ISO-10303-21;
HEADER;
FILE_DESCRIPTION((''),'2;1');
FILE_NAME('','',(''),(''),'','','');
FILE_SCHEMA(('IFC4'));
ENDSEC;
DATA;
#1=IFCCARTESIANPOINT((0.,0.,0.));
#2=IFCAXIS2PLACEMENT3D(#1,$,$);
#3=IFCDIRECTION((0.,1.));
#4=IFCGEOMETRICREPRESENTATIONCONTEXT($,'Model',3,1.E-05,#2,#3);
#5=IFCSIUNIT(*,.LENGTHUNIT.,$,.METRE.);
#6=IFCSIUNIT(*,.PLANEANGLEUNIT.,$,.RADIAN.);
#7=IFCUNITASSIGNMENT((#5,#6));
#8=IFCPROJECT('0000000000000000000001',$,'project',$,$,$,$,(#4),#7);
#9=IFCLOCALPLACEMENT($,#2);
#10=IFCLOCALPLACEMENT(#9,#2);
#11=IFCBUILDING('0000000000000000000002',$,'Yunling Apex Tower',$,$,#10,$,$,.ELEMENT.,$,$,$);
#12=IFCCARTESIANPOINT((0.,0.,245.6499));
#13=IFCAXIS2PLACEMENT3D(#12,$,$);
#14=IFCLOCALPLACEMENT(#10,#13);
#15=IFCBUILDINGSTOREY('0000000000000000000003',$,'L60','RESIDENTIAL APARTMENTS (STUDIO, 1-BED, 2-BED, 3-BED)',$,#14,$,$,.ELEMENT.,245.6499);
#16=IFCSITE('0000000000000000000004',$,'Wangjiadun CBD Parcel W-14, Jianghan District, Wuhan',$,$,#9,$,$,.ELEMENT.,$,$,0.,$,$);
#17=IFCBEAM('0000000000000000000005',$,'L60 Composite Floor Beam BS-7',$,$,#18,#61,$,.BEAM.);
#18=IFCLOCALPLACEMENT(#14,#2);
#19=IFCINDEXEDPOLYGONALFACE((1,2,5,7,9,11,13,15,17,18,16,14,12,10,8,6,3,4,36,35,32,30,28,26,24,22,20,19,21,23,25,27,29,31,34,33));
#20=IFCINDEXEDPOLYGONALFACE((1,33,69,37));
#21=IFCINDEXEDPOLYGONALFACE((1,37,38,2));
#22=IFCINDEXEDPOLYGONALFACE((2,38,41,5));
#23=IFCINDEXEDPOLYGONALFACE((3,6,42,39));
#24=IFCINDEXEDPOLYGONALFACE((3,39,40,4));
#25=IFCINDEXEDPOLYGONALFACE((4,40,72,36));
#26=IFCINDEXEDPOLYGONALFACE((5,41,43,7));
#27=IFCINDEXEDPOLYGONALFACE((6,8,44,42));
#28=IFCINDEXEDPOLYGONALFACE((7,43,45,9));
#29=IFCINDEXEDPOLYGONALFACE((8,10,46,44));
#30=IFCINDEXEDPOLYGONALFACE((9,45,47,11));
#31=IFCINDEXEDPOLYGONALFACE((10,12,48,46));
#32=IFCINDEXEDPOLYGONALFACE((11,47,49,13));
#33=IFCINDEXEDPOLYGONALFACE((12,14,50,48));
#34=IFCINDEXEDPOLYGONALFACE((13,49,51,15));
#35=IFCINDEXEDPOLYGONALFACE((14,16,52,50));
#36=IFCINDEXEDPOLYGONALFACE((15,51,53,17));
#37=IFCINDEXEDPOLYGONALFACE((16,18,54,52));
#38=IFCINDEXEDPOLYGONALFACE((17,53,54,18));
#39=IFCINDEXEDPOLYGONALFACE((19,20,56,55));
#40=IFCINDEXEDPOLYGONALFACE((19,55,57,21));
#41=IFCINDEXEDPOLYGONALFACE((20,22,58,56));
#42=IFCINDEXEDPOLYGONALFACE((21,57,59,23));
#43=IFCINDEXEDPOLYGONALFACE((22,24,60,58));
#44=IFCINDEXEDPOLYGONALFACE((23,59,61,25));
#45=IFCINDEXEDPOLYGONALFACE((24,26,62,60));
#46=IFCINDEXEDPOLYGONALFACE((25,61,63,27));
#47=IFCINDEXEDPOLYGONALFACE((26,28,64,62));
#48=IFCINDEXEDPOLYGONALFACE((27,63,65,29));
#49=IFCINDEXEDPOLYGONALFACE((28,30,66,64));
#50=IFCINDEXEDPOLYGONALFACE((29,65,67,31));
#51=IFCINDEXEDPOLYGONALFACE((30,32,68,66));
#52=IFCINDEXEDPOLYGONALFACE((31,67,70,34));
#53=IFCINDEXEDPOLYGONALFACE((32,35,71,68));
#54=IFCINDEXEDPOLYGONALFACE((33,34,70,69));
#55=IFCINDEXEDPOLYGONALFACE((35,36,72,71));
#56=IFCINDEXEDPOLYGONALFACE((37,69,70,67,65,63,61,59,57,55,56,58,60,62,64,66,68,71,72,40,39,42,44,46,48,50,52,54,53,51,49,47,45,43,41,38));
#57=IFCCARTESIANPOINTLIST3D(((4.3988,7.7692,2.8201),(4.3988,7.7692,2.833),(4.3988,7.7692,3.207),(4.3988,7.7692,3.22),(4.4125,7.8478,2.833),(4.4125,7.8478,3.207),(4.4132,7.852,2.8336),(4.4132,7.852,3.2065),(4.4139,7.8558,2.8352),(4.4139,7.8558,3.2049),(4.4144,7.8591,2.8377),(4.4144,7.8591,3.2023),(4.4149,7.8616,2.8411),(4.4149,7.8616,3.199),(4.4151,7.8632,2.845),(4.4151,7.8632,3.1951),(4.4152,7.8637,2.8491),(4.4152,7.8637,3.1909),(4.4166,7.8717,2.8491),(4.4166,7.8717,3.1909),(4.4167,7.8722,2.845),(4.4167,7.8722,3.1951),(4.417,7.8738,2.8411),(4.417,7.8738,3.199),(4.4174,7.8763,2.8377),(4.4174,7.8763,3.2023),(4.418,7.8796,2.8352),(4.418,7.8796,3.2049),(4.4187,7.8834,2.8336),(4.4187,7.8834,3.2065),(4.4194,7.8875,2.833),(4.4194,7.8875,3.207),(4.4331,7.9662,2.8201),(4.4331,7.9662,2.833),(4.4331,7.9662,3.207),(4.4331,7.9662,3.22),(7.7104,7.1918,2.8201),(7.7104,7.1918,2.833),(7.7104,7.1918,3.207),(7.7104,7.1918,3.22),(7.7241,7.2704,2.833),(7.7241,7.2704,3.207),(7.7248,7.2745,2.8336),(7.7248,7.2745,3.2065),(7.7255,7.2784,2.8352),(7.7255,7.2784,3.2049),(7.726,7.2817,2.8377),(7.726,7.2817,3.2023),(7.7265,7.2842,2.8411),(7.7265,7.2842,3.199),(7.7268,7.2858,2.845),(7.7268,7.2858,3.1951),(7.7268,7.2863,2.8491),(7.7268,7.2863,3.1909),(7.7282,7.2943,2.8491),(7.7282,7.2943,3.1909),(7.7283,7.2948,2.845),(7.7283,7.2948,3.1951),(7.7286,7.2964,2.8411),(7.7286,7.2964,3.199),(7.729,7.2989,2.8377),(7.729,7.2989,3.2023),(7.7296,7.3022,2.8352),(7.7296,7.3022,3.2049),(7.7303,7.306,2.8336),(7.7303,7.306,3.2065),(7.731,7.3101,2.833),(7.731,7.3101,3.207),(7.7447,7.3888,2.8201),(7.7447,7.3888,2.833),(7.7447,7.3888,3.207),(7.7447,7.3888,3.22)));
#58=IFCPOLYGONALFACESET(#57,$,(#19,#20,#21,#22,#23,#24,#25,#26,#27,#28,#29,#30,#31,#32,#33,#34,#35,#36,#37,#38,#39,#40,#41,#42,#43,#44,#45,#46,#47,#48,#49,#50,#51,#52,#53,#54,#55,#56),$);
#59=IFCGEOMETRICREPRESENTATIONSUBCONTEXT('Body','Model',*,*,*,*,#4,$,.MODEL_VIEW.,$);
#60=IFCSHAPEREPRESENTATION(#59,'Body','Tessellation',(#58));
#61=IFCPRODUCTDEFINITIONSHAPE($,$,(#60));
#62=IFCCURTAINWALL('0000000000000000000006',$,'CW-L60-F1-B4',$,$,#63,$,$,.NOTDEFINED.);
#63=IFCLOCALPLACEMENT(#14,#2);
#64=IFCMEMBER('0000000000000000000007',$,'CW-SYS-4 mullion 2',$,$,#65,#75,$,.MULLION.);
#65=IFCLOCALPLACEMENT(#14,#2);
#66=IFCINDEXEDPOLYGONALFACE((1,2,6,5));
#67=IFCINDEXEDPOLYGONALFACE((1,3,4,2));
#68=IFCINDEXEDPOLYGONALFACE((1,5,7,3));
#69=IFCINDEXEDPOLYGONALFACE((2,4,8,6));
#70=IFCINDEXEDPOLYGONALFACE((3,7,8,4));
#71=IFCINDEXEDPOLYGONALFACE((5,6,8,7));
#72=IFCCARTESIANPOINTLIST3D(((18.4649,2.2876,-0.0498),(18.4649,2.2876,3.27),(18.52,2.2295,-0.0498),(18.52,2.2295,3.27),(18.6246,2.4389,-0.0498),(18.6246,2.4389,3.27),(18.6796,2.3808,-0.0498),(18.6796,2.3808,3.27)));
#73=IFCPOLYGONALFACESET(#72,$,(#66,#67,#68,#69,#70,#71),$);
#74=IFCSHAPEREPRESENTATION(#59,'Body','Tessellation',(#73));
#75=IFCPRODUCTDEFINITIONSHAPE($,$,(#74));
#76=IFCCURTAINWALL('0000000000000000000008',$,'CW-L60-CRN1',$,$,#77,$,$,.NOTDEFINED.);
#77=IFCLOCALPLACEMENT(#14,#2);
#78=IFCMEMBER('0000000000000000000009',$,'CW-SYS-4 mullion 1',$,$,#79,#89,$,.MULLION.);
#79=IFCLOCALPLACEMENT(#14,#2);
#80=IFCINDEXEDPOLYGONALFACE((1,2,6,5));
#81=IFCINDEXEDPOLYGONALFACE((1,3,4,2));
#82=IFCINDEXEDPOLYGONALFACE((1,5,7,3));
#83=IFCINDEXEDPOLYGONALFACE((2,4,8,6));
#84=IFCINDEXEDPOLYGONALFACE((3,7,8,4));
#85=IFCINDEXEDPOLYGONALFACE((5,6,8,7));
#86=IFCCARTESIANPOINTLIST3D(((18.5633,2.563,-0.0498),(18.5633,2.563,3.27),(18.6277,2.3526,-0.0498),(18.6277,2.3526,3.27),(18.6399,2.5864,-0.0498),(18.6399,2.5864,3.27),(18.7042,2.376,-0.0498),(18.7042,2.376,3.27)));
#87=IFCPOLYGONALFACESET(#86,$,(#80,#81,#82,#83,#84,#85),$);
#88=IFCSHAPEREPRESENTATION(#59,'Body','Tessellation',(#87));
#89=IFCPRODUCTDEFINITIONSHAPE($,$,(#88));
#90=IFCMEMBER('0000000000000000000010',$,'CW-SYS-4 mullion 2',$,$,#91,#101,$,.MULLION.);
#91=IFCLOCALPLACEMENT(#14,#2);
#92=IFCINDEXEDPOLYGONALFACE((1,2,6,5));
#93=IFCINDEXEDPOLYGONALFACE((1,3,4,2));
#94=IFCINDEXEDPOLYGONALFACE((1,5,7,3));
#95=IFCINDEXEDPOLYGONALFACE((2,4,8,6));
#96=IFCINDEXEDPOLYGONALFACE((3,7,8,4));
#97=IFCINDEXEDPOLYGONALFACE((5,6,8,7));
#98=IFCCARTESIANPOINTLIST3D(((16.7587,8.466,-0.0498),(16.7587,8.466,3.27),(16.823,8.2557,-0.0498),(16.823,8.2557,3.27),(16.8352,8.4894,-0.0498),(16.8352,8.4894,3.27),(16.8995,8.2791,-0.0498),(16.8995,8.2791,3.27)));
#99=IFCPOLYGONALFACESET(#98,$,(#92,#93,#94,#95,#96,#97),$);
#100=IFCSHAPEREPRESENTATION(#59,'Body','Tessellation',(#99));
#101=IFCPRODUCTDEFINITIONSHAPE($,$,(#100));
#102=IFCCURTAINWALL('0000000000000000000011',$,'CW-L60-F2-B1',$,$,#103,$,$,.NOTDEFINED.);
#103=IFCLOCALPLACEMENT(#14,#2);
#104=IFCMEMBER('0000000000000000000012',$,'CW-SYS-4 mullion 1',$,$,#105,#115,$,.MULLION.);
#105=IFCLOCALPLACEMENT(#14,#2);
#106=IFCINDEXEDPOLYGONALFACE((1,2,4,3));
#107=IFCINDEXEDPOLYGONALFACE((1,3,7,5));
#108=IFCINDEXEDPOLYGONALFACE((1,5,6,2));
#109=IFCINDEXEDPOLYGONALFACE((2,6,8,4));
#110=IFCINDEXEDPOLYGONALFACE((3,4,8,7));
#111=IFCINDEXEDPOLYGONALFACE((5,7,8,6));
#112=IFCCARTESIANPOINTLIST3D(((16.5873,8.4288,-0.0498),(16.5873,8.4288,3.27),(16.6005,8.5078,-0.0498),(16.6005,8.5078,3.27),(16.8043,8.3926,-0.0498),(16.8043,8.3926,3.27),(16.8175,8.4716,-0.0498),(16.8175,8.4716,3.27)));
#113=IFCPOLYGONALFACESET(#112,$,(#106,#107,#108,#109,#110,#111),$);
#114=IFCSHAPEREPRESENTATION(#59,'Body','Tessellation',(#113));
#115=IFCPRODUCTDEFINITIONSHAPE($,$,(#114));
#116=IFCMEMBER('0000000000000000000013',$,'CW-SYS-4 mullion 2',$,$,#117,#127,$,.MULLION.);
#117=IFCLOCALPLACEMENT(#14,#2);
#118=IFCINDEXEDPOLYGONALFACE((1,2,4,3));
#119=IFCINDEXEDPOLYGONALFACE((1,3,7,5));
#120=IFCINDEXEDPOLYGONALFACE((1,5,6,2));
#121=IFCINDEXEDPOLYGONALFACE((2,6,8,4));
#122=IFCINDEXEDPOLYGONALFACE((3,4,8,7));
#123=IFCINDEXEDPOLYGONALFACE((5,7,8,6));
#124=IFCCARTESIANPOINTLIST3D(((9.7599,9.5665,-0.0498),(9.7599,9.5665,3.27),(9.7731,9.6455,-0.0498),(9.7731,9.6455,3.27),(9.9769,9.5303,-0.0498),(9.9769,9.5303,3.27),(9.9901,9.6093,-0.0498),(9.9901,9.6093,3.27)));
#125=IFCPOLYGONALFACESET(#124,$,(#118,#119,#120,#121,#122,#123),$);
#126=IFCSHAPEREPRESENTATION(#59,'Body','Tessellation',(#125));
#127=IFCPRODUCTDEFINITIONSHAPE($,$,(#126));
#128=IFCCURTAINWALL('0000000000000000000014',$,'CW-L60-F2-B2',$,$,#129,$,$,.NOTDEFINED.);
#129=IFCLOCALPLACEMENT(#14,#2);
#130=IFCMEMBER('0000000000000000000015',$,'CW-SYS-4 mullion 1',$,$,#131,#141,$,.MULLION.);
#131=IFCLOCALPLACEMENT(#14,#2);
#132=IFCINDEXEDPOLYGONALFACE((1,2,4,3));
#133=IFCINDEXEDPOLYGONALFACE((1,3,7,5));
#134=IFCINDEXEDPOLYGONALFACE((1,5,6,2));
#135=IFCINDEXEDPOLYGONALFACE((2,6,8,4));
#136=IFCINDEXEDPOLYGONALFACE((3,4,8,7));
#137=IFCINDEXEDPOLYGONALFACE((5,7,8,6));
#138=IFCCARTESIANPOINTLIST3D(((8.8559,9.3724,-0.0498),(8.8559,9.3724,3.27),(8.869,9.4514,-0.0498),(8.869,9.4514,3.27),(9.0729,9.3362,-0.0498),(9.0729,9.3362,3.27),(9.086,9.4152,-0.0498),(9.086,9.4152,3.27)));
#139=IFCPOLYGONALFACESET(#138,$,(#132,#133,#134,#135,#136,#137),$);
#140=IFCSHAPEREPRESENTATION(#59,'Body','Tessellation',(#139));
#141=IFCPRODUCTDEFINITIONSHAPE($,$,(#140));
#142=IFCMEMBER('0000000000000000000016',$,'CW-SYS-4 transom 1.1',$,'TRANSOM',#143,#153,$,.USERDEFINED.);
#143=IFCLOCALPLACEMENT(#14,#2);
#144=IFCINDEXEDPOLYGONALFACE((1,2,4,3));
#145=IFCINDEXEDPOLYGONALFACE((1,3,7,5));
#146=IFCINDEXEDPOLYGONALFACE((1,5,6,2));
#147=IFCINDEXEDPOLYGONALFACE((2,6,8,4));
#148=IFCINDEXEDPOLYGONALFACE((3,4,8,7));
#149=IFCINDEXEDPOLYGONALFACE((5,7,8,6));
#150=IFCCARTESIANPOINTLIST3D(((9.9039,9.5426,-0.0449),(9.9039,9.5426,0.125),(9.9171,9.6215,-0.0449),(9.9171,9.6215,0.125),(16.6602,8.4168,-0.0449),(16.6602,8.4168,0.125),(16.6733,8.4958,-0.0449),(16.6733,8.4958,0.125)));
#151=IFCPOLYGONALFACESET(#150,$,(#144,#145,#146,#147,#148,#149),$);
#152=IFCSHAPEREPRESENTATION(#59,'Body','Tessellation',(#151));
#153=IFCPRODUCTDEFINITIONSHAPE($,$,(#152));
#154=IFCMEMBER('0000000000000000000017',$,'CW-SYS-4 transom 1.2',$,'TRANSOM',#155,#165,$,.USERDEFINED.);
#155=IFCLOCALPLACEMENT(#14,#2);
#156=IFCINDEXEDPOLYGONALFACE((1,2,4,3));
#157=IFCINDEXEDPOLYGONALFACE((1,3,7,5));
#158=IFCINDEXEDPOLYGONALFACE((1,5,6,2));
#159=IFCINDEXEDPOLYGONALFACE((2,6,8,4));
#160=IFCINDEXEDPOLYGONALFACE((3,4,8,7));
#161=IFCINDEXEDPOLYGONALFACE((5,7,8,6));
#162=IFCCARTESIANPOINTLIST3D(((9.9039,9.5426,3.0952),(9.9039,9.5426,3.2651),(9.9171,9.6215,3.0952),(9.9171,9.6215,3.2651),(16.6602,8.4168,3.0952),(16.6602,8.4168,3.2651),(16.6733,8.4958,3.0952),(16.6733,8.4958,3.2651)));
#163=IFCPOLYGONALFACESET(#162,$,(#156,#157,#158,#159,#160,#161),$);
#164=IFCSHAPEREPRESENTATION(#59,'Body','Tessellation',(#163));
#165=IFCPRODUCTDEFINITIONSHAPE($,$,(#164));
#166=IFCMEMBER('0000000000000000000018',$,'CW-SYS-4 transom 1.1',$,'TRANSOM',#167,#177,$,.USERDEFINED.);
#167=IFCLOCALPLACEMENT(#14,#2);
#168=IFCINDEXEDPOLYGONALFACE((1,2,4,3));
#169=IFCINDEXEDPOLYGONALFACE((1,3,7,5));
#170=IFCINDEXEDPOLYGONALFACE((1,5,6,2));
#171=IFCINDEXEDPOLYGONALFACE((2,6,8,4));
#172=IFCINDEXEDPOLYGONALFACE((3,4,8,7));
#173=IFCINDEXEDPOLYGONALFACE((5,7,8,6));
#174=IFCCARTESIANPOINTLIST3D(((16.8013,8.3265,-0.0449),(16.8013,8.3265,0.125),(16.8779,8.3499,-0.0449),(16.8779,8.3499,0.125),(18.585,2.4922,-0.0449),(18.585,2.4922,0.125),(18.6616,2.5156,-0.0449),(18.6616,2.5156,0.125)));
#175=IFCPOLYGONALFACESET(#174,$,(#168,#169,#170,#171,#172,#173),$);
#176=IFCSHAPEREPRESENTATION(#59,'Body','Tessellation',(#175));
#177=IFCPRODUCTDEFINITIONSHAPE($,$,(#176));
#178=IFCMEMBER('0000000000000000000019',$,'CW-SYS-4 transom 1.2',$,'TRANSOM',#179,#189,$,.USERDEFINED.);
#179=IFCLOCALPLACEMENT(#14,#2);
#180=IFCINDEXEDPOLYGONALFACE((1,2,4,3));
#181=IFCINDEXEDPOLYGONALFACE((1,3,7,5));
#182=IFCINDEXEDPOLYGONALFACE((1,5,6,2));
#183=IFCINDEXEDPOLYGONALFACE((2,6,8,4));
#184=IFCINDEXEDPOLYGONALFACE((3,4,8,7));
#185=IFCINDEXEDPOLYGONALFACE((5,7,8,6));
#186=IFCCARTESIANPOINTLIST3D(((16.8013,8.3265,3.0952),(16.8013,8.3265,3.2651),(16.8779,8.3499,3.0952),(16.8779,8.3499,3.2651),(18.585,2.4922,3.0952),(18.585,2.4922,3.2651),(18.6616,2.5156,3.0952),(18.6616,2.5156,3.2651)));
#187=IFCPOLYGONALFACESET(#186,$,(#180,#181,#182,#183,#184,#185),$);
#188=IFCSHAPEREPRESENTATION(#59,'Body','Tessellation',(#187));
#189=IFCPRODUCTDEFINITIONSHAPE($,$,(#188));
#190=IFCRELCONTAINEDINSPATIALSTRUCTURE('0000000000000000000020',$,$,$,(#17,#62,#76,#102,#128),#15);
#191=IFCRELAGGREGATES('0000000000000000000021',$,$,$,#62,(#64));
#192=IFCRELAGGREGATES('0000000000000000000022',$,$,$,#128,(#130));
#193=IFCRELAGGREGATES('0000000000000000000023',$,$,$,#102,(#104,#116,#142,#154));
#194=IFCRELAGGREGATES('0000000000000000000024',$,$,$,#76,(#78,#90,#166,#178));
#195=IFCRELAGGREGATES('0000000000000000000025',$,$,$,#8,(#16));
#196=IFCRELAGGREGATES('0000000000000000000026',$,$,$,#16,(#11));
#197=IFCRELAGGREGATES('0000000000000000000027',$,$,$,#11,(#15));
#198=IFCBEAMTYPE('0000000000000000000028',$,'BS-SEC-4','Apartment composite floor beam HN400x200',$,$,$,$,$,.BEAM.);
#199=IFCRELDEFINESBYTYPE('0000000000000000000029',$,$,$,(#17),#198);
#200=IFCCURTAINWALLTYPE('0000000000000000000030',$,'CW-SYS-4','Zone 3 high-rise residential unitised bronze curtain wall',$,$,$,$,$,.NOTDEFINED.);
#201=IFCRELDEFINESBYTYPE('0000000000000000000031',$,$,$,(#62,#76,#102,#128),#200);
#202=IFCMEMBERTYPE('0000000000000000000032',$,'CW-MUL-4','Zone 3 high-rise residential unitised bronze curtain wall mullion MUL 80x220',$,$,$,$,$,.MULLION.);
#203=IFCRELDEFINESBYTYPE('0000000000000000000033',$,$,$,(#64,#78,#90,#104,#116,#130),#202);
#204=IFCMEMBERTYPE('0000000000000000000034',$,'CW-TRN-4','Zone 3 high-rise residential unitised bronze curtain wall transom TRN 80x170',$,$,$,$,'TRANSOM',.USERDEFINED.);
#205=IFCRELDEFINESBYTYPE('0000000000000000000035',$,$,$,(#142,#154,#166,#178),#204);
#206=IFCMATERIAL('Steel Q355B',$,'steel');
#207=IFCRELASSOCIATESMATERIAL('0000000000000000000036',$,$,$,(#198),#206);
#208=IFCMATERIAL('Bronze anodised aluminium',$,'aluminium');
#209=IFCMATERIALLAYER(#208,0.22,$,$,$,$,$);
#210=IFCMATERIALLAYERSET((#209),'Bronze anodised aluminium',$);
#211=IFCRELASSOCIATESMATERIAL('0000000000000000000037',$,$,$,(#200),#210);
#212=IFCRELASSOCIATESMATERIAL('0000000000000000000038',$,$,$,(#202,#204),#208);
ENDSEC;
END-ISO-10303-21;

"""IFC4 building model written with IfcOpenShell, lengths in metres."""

from ifc_helpers import new_model, si_unit, direction, frame, origin, origin_2d, place, context, subcontext, project, spatial, rectangle, i_section, extrude, source, transform, mapped, material, layer, layer_set, material_profile, profile_set, type_object, element, aggregate, save


model = new_model("IFC4")

# Units and contexts
model_context = context("Model", 3, precision=1e-05, world=origin(), true_north=direction((0.0, 1.0)))
body_context = subcontext(model_context, "Body", "Model", "MODEL_VIEW")
ifc_project = project(units=[si_unit("LENGTHUNIT", "METRE"), si_unit("PLANEANGLEUNIT", "RADIAN")], contexts=[model_context])

# Site, building, storey
site_placement = place(None, origin())
site = spatial("IfcSite", under=ifc_project, at=site_placement, Name="Wangjiadun CBD Parcel W-14, Jianghan District, Wuhan", CompositionType="ELEMENT", RefElevation=0.0)
building_placement = place(site_placement, origin())
building = spatial("IfcBuilding", under=site, at=building_placement, Name="Yunling Apex Tower", CompositionType="ELEMENT")
storey_placement = place(building_placement, frame((0.0, 0.0, 245.6499)))
storey = spatial("IfcBuildingStorey", under=building, at=storey_placement, Name="L60", Description="RESIDENTIAL APARTMENTS (STUDIO, 1-BED, 2-BED, 3-BED)", CompositionType="ELEMENT", Elevation=245.6499)

# Beam
ifc_material_1 = material(Name="Steel Q355B", Category="steel")
ifc_material_profile_1 = material_profile(ifc_material_1, i_section(OverallWidth=0.2, OverallDepth=0.3999, WebThickness=0.0081, FlangeThickness=0.0129, FilletRadius=0.0161, at=origin_2d()))
ifc_profile_set_1 = profile_set([ifc_material_profile_1], Name="Steel Q355B")
beam_type_1 = type_object("IfcBeamType", Name="BS-SEC-4", Description="Apartment composite floor beam HN400x200", PredefinedType="BEAM", material=ifc_profile_set_1)
shared_shape_1 = source(origin(), body_context, "Body", "SweptSolid", [
    extrude(i_section(OverallWidth=0.2, OverallDepth=0.3999, WebThickness=0.0081, FlangeThickness=0.0129, FilletRadius=0.0161, at=origin_2d()), origin(), (0.0, 0.0, 1.0), 3.3616),
])
beam_1_placement = place(storey_placement, frame((7.7275, 7.2903, 3.02), z_axis=(-0.985138, 0.171767, 0.0), x_axis=(-0.171767, -0.985138, 0.0)))
element("IfcBeam", 1, at=beam_1_placement, inside=storey, type_object=beam_type_1, Name="L60 Composite Floor Beam BS-7", PredefinedType="BEAM", context=body_context, shape_type="MappedRepresentation", body=[
    mapped(shared_shape_1, transform((0.0, 0.0, 0.0), scale=1.0)),
])

# Curtain wall, member
ifc_material_2 = material(Name="Bronze anodised aluminium", Category="aluminium")
ifc_layer_1 = layer(ifc_material_2, 0.22)
ifc_layer_set_1 = layer_set([ifc_layer_1], Name="Bronze anodised aluminium")
curtain_wall_type = type_object("IfcCurtainWallType", Name="CW-SYS-4", Description="Zone 3 high-rise residential unitised bronze curtain wall", PredefinedType="NOTDEFINED", material=ifc_layer_set_1)
curtain_wall_1_placement = place(storey_placement, origin())
curtain_wall_1 = element("IfcCurtainWall", 2, at=curtain_wall_1_placement, inside=storey, type_object=curtain_wall_type, Name="CW-L60-F1-B4", PredefinedType="NOTDEFINED")
ifc_material_profile_2 = material_profile(ifc_material_2, rectangle(XDim=0.0801, YDim=0.22, at=origin_2d()))
ifc_profile_set_2 = profile_set([ifc_material_profile_2], Name="Bronze anodised aluminium")
member_type_1 = type_object("IfcMemberType", Name="CW-MUL-4", Description="Zone 3 high-rise residential unitised bronze curtain wall mullion MUL 80x220", PredefinedType="MULLION", material=ifc_profile_set_2)
shared_shape_2 = source(origin(), body_context, "Body", "SweptSolid", [
    extrude(rectangle(XDim=0.0801, YDim=0.22, at=origin_2d()), origin(), (0.0, 0.0, 1.0), 3.3198),
])
member_1_placement = place(storey_placement, frame((18.5723, 2.3342, -0.0498), z_axis=(0.0, 0.0, 1.0), x_axis=(-0.687848, 0.725855, 0.0)))
member_1 = element("IfcMember", 3, at=member_1_placement, type_object=member_type_1, Name="CW-SYS-4 mullion 2", PredefinedType="MULLION", context=body_context, shape_type="MappedRepresentation", body=[
    mapped(shared_shape_2, transform((0.0, 0.0, 0.0), scale=1.0)),
])
aggregate(curtain_wall_1, [member_1])

# Curtain walls, members
curtain_wall_2_placement = place(storey_placement, origin())
curtain_wall_2 = element("IfcCurtainWall", 4, at=curtain_wall_2_placement, inside=storey, type_object=curtain_wall_type, Name="CW-L60-CRN1", PredefinedType="NOTDEFINED")
member_2_placement = place(storey_placement, frame((18.6338, 2.4695, -0.0498), z_axis=(0.0, 0.0, 1.0), x_axis=(-0.956305, -0.292369, 0.0)))
member_2 = element("IfcMember", 5, at=member_2_placement, type_object=member_type_1, Name="CW-SYS-4 mullion 1", PredefinedType="MULLION", context=body_context, shape_type="MappedRepresentation", body=[
    mapped(shared_shape_2, transform((0.0, 0.0, 0.0), scale=1.0)),
])
member_3_placement = place(storey_placement, frame((16.8291, 8.3726, -0.0498), z_axis=(0.0, 0.0, 1.0), x_axis=(-0.956305, -0.292369, 0.0)))
member_3 = element("IfcMember", 6, at=member_3_placement, type_object=member_type_1, Name="CW-SYS-4 mullion 2", PredefinedType="MULLION", context=body_context, shape_type="MappedRepresentation", body=[
    mapped(shared_shape_2, transform((0.0, 0.0, 0.0), scale=1.0)),
])
curtain_wall_3_placement = place(storey_placement, origin())
curtain_wall_3 = element("IfcCurtainWall", 7, at=curtain_wall_3_placement, inside=storey, type_object=curtain_wall_type, Name="CW-L60-F2-B1", PredefinedType="NOTDEFINED")
member_4_placement = place(storey_placement, frame((16.7024, 8.4502, -0.0498), z_axis=(0.0, 0.0, 1.0), x_axis=(-0.164353, -0.986402, 0.0)))
member_4 = element("IfcMember", 8, at=member_4_placement, type_object=member_type_1, Name="CW-SYS-4 mullion 1", PredefinedType="MULLION", context=body_context, shape_type="MappedRepresentation", body=[
    mapped(shared_shape_2, transform((0.0, 0.0, 0.0), scale=1.0)),
])
member_5_placement = place(storey_placement, frame((9.875, 9.5879, -0.0498), z_axis=(0.0, 0.0, 1.0), x_axis=(-0.164353, -0.986402, 0.0)))
member_5 = element("IfcMember", 9, at=member_5_placement, type_object=member_type_1, Name="CW-SYS-4 mullion 2", PredefinedType="MULLION", context=body_context, shape_type="MappedRepresentation", body=[
    mapped(shared_shape_2, transform((0.0, 0.0, 0.0), scale=1.0)),
])

# Curtain wall, member
curtain_wall_4_placement = place(storey_placement, origin())
curtain_wall_4 = element("IfcCurtainWall", 10, at=curtain_wall_4_placement, inside=storey, type_object=curtain_wall_type, Name="CW-L60-F2-B2", PredefinedType="NOTDEFINED")
member_6_placement = place(storey_placement, frame((8.9709, 9.3938, -0.0498), z_axis=(0.0, 0.0, 1.0), x_axis=(-0.164371, -0.986399, 0.0)))
member_6 = element("IfcMember", 11, at=member_6_placement, type_object=member_type_1, Name="CW-SYS-4 mullion 1", PredefinedType="MULLION", context=body_context, shape_type="MappedRepresentation", body=[
    mapped(shared_shape_2, transform((0.0, 0.0, 0.0), scale=1.0)),
])

# Members
ifc_material_profile_3 = material_profile(ifc_material_2, rectangle(XDim=0.0801, YDim=0.1699, at=origin_2d()))
ifc_profile_set_3 = profile_set([ifc_material_profile_3], Name="Bronze anodised aluminium")
member_type_2 = type_object("IfcMemberType", Name="CW-TRN-4", Description="Zone 3 high-rise residential unitised bronze curtain wall transom TRN 80x170", ElementType="TRANSOM", PredefinedType="USERDEFINED", material=ifc_profile_set_3)
shared_shape_3 = source(origin(), body_context, "Body", "SweptSolid", [
    extrude(rectangle(XDim=0.0801, YDim=0.1699, at=origin_2d()), origin(), (0.0, 0.0, 1.0), 6.8494),
])
member_7_placement = place(storey_placement, frame((16.6667, 8.4563, 0.04), z_axis=(-0.986401, 0.164359, 0.0), x_axis=(-0.164359, -0.986401, 0.0)))
member_7 = element("IfcMember", 12, at=member_7_placement, type_object=member_type_2, Name="CW-SYS-4 transom 1.1", ObjectType="TRANSOM", PredefinedType="USERDEFINED", context=body_context, shape_type="MappedRepresentation", body=[
    mapped(shared_shape_3, transform((0.0, 0.0, 0.0), scale=1.0)),
])
member_8_placement = place(storey_placement, frame((16.6667, 8.4563, 3.1802), z_axis=(-0.986401, 0.164359, 0.0), x_axis=(-0.164359, -0.986401, 0.0)))
member_8 = element("IfcMember", 13, at=member_8_placement, type_object=member_type_2, Name="CW-SYS-4 transom 1.2", ObjectType="TRANSOM", PredefinedType="USERDEFINED", context=body_context, shape_type="MappedRepresentation", body=[
    mapped(shared_shape_3, transform((0.0, 0.0, 0.0), scale=1.0)),
])
shared_shape_4 = source(origin(), body_context, "Body", "SweptSolid", [
    extrude(rectangle(XDim=0.0801, YDim=0.1699, at=origin_2d()), origin(), (0.0, 0.0, 1.0), 6.1008),
])
member_9_placement = place(storey_placement, frame((18.6233, 2.5039, 0.04), z_axis=(-0.29237, 0.956305, 0.0), x_axis=(-0.956305, -0.29237, 0.0)))
member_9 = element("IfcMember", 14, at=member_9_placement, type_object=member_type_2, Name="CW-SYS-4 transom 1.1", ObjectType="TRANSOM", PredefinedType="USERDEFINED", context=body_context, shape_type="MappedRepresentation", body=[
    mapped(shared_shape_4, transform((0.0, 0.0, 0.0), scale=1.0)),
])
member_10_placement = place(storey_placement, frame((18.6233, 2.5039, 3.1802), z_axis=(-0.29237, 0.956305, 0.0), x_axis=(-0.956305, -0.29237, 0.0)))
member_10 = element("IfcMember", 15, at=member_10_placement, type_object=member_type_2, Name="CW-SYS-4 transom 1.2", ObjectType="TRANSOM", PredefinedType="USERDEFINED", context=body_context, shape_type="MappedRepresentation", body=[
    mapped(shared_shape_4, transform((0.0, 0.0, 0.0), scale=1.0)),
])

aggregate(curtain_wall_4, [member_6])
aggregate(curtain_wall_3, [member_4, member_5, member_7, member_8])
aggregate(curtain_wall_2, [member_2, member_3, member_9, member_10])

save(model, "model.ifc")
